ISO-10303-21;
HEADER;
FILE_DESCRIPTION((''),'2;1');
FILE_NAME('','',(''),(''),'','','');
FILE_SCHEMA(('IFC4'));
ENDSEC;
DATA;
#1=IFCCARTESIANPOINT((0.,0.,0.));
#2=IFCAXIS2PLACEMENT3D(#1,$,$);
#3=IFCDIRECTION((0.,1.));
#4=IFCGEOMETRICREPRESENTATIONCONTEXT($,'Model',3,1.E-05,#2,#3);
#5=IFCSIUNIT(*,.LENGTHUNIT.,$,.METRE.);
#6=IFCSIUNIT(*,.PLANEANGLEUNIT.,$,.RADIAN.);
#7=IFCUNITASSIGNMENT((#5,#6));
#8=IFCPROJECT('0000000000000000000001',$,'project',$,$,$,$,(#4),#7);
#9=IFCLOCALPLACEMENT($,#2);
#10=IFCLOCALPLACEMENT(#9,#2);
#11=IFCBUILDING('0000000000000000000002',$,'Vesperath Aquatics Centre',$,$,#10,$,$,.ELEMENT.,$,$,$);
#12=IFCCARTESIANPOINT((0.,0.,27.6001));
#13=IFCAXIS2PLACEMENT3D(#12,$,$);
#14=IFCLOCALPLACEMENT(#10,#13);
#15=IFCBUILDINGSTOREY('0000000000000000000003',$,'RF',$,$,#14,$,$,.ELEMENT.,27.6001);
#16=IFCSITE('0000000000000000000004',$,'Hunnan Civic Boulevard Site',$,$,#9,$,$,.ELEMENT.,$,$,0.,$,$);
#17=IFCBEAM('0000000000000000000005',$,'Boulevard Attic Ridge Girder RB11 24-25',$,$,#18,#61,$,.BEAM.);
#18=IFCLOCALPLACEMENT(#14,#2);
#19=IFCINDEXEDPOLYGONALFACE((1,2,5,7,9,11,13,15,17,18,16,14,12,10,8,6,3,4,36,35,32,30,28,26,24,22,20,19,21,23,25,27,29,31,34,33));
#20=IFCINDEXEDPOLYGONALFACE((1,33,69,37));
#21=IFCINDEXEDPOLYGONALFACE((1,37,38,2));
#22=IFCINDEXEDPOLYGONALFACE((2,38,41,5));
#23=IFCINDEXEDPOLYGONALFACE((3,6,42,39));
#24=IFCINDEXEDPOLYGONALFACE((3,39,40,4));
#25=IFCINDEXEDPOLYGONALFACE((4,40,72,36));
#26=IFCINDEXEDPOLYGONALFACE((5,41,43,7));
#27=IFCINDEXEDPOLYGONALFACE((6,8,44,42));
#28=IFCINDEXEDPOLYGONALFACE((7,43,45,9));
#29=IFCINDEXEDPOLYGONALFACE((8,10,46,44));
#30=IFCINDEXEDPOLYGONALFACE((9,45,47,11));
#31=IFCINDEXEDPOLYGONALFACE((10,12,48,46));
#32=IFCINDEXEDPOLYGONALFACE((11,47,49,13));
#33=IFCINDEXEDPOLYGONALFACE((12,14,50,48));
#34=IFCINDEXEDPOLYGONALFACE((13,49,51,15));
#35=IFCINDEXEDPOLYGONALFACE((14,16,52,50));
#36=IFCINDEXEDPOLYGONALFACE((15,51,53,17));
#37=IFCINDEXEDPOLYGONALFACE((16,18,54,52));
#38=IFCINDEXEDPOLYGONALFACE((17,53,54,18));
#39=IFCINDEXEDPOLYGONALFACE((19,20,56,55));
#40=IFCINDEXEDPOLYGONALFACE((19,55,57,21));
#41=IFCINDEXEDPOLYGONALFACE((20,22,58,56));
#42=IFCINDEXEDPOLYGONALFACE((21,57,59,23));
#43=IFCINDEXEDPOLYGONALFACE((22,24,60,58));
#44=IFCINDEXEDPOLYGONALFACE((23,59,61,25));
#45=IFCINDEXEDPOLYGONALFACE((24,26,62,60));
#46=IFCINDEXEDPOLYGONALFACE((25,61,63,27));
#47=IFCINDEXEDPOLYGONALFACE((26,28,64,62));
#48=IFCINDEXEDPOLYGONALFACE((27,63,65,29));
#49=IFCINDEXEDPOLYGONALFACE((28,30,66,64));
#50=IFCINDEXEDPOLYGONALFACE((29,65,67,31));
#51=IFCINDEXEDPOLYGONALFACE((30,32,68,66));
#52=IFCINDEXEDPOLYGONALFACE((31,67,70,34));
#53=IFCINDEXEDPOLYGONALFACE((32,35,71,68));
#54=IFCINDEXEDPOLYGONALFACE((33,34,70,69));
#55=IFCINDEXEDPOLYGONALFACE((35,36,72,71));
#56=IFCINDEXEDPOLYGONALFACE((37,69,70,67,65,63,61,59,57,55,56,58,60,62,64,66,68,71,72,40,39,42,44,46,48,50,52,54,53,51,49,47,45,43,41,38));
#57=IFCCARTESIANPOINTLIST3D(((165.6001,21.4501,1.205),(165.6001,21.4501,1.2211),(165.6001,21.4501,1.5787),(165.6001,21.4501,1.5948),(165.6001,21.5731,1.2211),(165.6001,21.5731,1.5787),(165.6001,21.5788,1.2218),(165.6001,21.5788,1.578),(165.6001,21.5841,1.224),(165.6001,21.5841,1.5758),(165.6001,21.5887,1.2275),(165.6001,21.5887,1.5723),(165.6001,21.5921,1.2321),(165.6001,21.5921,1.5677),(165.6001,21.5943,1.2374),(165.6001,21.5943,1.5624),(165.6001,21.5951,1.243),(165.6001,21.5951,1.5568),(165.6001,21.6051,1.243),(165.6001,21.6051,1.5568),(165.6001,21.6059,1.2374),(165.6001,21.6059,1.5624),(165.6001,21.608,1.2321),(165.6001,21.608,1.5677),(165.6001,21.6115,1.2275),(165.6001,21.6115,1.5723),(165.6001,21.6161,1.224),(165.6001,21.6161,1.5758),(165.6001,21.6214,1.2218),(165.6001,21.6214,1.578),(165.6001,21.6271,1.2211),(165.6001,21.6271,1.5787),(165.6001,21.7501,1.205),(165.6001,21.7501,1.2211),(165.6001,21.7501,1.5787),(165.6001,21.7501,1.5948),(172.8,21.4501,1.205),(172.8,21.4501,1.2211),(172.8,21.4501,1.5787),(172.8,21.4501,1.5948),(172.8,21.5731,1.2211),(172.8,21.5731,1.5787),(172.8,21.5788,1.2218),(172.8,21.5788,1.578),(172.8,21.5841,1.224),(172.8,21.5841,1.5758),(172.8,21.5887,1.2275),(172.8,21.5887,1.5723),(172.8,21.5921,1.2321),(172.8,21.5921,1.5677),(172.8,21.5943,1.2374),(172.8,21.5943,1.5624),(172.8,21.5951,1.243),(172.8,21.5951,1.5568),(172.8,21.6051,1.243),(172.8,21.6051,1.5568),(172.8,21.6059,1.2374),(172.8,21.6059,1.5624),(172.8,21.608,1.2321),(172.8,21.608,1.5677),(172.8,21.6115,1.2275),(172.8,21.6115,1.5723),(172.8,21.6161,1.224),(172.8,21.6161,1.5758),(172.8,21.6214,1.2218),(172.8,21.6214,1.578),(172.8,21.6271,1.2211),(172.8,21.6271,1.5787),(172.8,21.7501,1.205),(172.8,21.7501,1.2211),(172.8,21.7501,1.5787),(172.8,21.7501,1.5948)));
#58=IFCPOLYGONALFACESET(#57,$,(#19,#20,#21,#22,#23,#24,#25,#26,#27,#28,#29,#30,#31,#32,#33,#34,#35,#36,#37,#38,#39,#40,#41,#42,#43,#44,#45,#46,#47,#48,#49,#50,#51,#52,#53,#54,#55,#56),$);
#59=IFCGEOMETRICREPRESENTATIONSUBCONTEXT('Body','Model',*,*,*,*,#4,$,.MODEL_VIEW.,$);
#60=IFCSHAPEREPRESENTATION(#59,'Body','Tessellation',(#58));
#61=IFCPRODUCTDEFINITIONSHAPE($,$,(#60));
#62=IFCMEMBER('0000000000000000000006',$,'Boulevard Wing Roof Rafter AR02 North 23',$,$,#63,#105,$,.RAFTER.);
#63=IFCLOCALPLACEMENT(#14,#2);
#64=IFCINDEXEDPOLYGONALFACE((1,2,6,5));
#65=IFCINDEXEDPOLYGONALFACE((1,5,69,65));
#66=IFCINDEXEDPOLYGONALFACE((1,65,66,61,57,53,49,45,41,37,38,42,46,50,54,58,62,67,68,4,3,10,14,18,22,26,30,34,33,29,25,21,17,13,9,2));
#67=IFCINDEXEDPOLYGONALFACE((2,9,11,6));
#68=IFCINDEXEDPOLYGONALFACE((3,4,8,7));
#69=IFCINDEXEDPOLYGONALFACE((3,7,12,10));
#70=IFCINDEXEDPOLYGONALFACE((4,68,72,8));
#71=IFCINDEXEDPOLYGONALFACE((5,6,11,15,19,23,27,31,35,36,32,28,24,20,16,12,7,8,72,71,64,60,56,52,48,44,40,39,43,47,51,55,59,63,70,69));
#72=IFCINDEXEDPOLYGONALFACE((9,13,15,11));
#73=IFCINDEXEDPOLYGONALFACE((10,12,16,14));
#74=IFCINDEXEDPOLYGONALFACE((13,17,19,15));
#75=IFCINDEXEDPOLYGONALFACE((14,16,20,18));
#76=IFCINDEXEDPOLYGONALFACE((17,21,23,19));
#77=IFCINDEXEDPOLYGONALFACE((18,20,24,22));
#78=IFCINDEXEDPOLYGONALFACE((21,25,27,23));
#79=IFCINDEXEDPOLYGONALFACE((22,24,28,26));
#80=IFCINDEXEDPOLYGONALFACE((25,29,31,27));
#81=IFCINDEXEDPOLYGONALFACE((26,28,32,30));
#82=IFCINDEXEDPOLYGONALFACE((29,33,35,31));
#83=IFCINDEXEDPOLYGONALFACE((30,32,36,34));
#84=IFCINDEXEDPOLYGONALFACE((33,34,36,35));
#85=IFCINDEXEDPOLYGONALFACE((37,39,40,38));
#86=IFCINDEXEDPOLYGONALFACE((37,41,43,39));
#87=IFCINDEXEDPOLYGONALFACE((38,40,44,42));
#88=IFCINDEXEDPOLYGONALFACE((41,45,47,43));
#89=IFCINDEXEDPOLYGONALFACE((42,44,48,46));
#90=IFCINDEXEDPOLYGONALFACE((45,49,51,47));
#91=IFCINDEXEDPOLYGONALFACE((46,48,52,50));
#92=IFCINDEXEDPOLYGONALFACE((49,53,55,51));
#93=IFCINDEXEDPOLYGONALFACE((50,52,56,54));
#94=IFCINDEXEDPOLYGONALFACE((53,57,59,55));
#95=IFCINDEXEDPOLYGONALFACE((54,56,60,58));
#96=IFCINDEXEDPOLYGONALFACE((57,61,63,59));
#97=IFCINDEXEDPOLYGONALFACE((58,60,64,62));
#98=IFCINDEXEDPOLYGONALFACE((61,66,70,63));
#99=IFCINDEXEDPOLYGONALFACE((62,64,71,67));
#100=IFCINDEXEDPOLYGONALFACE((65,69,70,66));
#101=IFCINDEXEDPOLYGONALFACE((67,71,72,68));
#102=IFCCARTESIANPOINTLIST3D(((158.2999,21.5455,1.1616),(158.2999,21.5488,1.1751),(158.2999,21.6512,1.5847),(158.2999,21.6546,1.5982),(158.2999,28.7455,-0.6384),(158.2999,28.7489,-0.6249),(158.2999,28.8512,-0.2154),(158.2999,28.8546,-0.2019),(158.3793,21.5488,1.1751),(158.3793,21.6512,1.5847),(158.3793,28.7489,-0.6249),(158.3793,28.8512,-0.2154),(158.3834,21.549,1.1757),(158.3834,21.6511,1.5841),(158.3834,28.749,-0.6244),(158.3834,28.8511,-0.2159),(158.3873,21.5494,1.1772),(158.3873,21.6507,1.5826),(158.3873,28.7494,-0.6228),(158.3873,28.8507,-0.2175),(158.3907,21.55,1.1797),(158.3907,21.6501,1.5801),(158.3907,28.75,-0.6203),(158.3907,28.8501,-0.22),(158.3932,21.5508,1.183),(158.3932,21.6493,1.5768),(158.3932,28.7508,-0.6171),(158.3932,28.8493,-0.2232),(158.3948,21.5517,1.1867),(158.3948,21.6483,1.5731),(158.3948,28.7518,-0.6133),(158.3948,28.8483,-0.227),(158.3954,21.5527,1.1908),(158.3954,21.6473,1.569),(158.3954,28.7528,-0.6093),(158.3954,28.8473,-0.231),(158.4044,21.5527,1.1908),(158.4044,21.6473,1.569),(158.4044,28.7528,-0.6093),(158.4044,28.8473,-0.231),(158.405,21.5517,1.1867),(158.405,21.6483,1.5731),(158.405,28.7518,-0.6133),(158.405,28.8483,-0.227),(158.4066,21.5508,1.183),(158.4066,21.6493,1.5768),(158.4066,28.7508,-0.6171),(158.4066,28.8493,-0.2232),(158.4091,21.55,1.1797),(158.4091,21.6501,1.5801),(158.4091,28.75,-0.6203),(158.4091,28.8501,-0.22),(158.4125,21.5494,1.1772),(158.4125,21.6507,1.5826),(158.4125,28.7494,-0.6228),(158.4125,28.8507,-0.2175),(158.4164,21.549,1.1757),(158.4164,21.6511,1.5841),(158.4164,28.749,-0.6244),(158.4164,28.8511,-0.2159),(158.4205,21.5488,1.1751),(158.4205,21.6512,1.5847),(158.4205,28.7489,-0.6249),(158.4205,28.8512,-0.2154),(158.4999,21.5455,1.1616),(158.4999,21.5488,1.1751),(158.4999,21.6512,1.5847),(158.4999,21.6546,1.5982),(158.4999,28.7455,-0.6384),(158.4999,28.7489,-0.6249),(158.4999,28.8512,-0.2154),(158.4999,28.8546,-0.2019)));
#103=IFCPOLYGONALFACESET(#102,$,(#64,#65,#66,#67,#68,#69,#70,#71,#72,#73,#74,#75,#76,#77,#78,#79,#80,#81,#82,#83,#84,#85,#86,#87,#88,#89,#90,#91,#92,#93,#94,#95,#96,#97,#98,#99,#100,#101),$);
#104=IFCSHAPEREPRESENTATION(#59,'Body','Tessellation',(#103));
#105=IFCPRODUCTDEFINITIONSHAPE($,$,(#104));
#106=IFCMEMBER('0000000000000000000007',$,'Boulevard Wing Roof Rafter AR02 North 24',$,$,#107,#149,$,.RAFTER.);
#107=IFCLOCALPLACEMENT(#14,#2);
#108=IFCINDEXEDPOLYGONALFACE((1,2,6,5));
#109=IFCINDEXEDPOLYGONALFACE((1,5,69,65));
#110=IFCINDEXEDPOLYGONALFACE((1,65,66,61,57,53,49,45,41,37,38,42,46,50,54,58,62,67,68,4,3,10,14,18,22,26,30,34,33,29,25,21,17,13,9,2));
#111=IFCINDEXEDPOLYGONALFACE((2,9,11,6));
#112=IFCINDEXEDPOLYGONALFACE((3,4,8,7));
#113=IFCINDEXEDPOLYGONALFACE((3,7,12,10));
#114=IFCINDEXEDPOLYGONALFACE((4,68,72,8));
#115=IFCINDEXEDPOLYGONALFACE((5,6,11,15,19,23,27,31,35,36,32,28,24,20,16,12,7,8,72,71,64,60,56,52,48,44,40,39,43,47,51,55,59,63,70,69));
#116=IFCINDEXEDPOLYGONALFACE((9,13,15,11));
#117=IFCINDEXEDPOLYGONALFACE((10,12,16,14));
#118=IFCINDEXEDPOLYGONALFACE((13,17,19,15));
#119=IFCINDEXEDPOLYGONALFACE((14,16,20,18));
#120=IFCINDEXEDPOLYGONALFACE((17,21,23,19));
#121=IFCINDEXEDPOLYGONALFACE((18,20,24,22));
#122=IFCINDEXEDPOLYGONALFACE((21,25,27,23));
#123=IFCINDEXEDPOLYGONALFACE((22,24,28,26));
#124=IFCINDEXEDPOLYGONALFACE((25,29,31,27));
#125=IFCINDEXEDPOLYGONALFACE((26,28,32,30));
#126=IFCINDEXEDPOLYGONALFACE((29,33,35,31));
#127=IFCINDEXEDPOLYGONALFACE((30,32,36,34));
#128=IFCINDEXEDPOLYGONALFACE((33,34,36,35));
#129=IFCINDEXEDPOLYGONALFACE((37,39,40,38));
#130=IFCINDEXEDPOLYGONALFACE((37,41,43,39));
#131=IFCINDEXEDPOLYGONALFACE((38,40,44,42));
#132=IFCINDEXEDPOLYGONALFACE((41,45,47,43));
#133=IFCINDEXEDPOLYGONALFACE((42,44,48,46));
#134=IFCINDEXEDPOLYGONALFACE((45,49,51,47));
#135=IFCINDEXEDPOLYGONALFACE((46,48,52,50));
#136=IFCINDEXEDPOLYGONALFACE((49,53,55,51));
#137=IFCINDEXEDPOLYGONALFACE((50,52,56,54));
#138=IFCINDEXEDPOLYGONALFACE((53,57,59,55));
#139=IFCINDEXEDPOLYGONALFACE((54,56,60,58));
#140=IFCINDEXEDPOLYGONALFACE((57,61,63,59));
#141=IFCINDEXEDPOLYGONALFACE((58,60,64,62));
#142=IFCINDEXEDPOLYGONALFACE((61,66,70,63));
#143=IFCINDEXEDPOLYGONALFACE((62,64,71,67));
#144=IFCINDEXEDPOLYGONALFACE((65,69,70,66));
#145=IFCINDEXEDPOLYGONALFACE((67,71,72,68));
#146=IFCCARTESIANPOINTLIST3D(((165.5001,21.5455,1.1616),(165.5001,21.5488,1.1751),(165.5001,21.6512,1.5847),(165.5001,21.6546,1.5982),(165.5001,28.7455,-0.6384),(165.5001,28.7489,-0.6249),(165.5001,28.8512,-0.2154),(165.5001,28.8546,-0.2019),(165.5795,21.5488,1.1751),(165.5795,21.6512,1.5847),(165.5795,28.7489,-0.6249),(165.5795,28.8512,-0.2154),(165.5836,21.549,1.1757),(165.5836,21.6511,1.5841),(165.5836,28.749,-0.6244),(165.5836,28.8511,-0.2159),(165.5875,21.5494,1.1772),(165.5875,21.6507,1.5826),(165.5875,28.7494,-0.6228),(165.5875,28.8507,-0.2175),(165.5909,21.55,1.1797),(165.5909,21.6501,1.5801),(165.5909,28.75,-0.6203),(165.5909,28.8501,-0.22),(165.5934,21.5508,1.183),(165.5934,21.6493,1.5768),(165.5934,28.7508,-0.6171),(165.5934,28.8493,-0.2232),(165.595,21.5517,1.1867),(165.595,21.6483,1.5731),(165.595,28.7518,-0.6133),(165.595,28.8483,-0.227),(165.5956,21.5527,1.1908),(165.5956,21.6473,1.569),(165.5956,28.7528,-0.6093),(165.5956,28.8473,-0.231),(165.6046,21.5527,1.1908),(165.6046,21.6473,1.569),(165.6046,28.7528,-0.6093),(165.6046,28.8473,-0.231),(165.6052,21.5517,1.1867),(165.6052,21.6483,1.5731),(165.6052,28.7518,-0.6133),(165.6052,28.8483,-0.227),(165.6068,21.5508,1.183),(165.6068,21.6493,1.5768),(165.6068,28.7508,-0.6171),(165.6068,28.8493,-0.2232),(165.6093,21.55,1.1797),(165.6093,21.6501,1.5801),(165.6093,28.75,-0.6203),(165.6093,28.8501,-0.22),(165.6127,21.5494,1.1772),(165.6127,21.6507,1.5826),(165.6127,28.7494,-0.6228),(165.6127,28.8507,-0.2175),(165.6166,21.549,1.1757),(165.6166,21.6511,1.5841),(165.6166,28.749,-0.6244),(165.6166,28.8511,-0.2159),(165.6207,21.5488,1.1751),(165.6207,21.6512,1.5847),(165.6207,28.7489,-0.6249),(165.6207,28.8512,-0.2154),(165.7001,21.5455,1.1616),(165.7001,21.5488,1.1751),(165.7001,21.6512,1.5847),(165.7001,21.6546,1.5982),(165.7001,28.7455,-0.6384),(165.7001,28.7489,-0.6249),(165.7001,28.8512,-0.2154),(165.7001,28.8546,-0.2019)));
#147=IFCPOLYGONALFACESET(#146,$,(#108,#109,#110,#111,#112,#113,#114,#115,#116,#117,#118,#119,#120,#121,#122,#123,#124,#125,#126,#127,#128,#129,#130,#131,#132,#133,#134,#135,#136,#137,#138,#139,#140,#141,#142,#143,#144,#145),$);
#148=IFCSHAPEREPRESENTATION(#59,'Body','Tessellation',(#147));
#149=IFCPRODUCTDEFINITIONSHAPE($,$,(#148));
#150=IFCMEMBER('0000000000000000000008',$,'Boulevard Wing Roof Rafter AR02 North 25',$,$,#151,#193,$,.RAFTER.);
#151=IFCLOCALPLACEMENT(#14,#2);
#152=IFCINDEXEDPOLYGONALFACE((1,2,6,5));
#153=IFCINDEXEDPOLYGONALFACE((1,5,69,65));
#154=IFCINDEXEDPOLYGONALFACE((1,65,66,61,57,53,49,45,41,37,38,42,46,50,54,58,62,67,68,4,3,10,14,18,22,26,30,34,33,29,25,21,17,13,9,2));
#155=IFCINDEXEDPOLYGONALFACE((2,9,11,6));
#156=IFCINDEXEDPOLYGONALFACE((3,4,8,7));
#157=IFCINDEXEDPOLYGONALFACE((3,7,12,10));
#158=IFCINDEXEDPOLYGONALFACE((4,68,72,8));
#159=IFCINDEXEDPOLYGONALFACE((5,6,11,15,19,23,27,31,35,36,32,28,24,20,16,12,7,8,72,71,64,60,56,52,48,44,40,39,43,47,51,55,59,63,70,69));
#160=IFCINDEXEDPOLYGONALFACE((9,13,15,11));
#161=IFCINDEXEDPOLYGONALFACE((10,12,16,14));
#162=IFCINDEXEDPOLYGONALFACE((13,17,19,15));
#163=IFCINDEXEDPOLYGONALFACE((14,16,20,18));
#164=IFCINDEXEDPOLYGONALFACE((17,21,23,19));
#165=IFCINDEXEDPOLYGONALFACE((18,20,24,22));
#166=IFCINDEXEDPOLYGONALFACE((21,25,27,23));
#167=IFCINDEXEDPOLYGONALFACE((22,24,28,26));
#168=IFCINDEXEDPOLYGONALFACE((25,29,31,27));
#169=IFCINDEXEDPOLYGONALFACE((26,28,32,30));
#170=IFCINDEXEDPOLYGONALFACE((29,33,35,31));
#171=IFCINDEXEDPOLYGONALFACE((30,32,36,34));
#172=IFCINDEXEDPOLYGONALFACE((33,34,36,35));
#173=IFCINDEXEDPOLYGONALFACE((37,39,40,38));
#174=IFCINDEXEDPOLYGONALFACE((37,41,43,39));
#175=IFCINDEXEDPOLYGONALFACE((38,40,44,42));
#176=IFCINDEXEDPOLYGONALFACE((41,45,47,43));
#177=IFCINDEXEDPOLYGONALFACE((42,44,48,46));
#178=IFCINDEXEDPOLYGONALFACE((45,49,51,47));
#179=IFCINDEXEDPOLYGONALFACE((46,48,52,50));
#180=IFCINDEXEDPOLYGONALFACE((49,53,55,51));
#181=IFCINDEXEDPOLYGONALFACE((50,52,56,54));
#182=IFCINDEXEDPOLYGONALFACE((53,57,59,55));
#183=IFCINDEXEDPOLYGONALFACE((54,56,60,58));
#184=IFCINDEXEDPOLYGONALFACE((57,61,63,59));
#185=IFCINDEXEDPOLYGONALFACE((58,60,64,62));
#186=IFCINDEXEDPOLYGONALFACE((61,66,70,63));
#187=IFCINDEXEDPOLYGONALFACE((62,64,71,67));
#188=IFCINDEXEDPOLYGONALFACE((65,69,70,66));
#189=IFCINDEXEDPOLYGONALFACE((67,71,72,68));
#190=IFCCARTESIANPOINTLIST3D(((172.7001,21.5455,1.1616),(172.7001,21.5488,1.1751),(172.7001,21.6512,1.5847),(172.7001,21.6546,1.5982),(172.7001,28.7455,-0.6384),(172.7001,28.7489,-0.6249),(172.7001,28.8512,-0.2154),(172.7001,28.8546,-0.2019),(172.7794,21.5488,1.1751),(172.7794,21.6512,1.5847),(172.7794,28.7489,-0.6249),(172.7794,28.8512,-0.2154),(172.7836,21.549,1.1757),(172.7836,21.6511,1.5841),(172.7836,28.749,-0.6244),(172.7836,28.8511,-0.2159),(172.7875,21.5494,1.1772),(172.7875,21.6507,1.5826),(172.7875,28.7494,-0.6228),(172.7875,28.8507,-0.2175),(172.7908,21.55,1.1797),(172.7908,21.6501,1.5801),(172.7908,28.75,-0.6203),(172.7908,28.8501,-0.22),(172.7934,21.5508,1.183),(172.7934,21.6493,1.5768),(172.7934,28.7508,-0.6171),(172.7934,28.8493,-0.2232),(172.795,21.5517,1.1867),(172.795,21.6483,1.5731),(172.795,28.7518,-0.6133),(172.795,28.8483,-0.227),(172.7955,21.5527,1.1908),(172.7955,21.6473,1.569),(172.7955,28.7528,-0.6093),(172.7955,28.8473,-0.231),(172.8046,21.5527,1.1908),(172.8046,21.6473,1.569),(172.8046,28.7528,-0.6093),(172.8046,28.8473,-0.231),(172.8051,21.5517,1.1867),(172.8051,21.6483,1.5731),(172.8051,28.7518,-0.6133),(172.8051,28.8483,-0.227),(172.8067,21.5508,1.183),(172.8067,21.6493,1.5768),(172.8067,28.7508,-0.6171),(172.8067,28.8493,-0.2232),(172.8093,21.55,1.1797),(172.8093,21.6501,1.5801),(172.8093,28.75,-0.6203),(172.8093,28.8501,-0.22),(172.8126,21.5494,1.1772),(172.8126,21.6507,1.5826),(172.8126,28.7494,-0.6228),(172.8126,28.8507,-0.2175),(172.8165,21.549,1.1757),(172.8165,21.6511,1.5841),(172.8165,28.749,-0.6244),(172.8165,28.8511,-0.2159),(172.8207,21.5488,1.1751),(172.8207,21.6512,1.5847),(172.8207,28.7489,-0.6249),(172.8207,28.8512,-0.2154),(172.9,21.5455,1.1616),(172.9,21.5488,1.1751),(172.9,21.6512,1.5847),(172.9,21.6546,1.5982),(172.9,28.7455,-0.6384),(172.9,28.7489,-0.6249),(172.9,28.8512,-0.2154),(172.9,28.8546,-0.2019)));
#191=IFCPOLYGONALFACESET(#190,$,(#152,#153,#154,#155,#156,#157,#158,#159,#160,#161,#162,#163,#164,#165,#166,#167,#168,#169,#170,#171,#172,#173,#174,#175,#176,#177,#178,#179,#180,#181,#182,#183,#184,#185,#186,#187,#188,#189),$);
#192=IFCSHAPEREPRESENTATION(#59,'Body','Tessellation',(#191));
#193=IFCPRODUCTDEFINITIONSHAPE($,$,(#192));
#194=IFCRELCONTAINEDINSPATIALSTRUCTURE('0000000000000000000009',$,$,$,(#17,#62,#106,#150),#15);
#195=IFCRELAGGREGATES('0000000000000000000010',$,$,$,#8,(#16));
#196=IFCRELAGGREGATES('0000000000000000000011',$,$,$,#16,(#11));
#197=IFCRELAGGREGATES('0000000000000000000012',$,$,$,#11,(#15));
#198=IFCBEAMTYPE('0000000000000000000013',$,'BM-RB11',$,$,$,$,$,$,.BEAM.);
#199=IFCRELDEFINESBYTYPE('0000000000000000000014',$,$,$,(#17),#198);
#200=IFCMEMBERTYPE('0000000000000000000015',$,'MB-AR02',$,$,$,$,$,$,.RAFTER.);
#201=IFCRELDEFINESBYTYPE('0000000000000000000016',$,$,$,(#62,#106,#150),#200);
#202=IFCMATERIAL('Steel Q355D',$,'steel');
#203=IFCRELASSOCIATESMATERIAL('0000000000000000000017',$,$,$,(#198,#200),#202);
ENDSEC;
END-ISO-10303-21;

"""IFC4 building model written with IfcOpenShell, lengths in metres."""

from ifc_helpers import new_model, si_unit, direction, frame, origin, origin_2d, place, context, subcontext, project, spatial, i_section, extrude, material, material_profile, profile_set, type_object, element, save


model = new_model("IFC4")

# Units and contexts
model_context = context("Model", 3, precision=1e-05, world=origin(), true_north=direction((0.0, 1.0)))
body_context = subcontext(model_context, "Body", "Model", "MODEL_VIEW")
ifc_project = project(units=[si_unit("LENGTHUNIT", "METRE"), si_unit("PLANEANGLEUNIT", "RADIAN")], contexts=[model_context])

# Site, building, storey
site_placement = place(None, origin())
site = spatial("IfcSite", under=ifc_project, at=site_placement, Name="Hunnan Civic Boulevard Site", CompositionType="ELEMENT", RefElevation=0.0)
building_placement = place(site_placement, origin())
building = spatial("IfcBuilding", under=site, at=building_placement, Name="Vesperath Aquatics Centre", CompositionType="ELEMENT")
storey_placement = place(building_placement, frame((0.0, 0.0, 27.6001)))
storey = spatial("IfcBuildingStorey", under=building, at=storey_placement, Name="RF", CompositionType="ELEMENT", Elevation=27.6001)

# Beam
ifc_material_1 = material(Name="Steel Q355D", Category="steel")
ifc_material_profile_1 = material_profile(ifc_material_1, i_section(OverallWidth=0.3, OverallDepth=0.3899, WebThickness=0.01, FlangeThickness=0.0161, FilletRadius=0.022, at=origin_2d()), Name="HM 390x300x10x16")
ifc_profile_set_1 = profile_set([ifc_material_profile_1], Name="Steel Q355D")
beam_type_1 = type_object("IfcBeamType", Name="BM-RB11", PredefinedType="BEAM", material=ifc_profile_set_1)
beam_1_placement = place(storey_placement, frame((165.6001, 21.6001, 1.3999), z_axis=(1.0, 0.0, 0.0), x_axis=(0.0, 1.0, 0.0)))
element("IfcBeam", 1, at=beam_1_placement, inside=storey, type_object=beam_type_1, Name="Boulevard Attic Ridge Girder RB11 24-25", PredefinedType="BEAM", context=body_context, shape_type="SweptSolid", body=[
    extrude(i_section(OverallWidth=0.3, OverallDepth=0.3899, WebThickness=0.01, FlangeThickness=0.0161, FilletRadius=0.022, at=origin_2d()), origin(), (0.0, 0.0, 1.0), 7.2),
])

# Members
ifc_material_profile_2 = material_profile(ifc_material_1, i_section(OverallWidth=0.2, OverallDepth=0.45, WebThickness=0.009, FlangeThickness=0.0139, FilletRadius=0.0161, at=origin_2d()), Name="HN 450x200x9x14")
ifc_profile_set_2 = profile_set([ifc_material_profile_2], Name="Steel Q355D")
member_type_1 = type_object("IfcMemberType", Name="MB-AR02", PredefinedType="RAFTER", material=ifc_profile_set_2)
for number, where, z_axis, x_axis, name in (
    (2, (158.3999, 28.8, -0.4202), (0.0, -0.970141, 0.242543), (1.0, 0.0, 0.0), "Boulevard Wing Roof Rafter AR02 North 23"),
    (3, (165.6001, 28.8, -0.4202), (0.0, -0.970141, 0.242543), (1.0, 0.0, 0.0), "Boulevard Wing Roof Rafter AR02 North 24"),
    (4, (172.8, 28.8, -0.4202), (0.0, -0.970141, 0.242543), (1.0, 0.0, 0.0), "Boulevard Wing Roof Rafter AR02 North 25"),
):
    element("IfcMember", number, at=place(storey_placement, frame(where, z_axis=z_axis, x_axis=x_axis)), inside=storey, type_object=member_type_1, Name=name, PredefinedType="RAFTER", context=body_context, shape_type="SweptSolid", body=[
        extrude(i_section(OverallWidth=0.2, OverallDepth=0.45, WebThickness=0.009, FlangeThickness=0.0139, FilletRadius=0.0161, at=origin_2d()), origin(), (0.0, 0.0, 1.0), 7.4216),
    ])

save(model, "model.ifc")
